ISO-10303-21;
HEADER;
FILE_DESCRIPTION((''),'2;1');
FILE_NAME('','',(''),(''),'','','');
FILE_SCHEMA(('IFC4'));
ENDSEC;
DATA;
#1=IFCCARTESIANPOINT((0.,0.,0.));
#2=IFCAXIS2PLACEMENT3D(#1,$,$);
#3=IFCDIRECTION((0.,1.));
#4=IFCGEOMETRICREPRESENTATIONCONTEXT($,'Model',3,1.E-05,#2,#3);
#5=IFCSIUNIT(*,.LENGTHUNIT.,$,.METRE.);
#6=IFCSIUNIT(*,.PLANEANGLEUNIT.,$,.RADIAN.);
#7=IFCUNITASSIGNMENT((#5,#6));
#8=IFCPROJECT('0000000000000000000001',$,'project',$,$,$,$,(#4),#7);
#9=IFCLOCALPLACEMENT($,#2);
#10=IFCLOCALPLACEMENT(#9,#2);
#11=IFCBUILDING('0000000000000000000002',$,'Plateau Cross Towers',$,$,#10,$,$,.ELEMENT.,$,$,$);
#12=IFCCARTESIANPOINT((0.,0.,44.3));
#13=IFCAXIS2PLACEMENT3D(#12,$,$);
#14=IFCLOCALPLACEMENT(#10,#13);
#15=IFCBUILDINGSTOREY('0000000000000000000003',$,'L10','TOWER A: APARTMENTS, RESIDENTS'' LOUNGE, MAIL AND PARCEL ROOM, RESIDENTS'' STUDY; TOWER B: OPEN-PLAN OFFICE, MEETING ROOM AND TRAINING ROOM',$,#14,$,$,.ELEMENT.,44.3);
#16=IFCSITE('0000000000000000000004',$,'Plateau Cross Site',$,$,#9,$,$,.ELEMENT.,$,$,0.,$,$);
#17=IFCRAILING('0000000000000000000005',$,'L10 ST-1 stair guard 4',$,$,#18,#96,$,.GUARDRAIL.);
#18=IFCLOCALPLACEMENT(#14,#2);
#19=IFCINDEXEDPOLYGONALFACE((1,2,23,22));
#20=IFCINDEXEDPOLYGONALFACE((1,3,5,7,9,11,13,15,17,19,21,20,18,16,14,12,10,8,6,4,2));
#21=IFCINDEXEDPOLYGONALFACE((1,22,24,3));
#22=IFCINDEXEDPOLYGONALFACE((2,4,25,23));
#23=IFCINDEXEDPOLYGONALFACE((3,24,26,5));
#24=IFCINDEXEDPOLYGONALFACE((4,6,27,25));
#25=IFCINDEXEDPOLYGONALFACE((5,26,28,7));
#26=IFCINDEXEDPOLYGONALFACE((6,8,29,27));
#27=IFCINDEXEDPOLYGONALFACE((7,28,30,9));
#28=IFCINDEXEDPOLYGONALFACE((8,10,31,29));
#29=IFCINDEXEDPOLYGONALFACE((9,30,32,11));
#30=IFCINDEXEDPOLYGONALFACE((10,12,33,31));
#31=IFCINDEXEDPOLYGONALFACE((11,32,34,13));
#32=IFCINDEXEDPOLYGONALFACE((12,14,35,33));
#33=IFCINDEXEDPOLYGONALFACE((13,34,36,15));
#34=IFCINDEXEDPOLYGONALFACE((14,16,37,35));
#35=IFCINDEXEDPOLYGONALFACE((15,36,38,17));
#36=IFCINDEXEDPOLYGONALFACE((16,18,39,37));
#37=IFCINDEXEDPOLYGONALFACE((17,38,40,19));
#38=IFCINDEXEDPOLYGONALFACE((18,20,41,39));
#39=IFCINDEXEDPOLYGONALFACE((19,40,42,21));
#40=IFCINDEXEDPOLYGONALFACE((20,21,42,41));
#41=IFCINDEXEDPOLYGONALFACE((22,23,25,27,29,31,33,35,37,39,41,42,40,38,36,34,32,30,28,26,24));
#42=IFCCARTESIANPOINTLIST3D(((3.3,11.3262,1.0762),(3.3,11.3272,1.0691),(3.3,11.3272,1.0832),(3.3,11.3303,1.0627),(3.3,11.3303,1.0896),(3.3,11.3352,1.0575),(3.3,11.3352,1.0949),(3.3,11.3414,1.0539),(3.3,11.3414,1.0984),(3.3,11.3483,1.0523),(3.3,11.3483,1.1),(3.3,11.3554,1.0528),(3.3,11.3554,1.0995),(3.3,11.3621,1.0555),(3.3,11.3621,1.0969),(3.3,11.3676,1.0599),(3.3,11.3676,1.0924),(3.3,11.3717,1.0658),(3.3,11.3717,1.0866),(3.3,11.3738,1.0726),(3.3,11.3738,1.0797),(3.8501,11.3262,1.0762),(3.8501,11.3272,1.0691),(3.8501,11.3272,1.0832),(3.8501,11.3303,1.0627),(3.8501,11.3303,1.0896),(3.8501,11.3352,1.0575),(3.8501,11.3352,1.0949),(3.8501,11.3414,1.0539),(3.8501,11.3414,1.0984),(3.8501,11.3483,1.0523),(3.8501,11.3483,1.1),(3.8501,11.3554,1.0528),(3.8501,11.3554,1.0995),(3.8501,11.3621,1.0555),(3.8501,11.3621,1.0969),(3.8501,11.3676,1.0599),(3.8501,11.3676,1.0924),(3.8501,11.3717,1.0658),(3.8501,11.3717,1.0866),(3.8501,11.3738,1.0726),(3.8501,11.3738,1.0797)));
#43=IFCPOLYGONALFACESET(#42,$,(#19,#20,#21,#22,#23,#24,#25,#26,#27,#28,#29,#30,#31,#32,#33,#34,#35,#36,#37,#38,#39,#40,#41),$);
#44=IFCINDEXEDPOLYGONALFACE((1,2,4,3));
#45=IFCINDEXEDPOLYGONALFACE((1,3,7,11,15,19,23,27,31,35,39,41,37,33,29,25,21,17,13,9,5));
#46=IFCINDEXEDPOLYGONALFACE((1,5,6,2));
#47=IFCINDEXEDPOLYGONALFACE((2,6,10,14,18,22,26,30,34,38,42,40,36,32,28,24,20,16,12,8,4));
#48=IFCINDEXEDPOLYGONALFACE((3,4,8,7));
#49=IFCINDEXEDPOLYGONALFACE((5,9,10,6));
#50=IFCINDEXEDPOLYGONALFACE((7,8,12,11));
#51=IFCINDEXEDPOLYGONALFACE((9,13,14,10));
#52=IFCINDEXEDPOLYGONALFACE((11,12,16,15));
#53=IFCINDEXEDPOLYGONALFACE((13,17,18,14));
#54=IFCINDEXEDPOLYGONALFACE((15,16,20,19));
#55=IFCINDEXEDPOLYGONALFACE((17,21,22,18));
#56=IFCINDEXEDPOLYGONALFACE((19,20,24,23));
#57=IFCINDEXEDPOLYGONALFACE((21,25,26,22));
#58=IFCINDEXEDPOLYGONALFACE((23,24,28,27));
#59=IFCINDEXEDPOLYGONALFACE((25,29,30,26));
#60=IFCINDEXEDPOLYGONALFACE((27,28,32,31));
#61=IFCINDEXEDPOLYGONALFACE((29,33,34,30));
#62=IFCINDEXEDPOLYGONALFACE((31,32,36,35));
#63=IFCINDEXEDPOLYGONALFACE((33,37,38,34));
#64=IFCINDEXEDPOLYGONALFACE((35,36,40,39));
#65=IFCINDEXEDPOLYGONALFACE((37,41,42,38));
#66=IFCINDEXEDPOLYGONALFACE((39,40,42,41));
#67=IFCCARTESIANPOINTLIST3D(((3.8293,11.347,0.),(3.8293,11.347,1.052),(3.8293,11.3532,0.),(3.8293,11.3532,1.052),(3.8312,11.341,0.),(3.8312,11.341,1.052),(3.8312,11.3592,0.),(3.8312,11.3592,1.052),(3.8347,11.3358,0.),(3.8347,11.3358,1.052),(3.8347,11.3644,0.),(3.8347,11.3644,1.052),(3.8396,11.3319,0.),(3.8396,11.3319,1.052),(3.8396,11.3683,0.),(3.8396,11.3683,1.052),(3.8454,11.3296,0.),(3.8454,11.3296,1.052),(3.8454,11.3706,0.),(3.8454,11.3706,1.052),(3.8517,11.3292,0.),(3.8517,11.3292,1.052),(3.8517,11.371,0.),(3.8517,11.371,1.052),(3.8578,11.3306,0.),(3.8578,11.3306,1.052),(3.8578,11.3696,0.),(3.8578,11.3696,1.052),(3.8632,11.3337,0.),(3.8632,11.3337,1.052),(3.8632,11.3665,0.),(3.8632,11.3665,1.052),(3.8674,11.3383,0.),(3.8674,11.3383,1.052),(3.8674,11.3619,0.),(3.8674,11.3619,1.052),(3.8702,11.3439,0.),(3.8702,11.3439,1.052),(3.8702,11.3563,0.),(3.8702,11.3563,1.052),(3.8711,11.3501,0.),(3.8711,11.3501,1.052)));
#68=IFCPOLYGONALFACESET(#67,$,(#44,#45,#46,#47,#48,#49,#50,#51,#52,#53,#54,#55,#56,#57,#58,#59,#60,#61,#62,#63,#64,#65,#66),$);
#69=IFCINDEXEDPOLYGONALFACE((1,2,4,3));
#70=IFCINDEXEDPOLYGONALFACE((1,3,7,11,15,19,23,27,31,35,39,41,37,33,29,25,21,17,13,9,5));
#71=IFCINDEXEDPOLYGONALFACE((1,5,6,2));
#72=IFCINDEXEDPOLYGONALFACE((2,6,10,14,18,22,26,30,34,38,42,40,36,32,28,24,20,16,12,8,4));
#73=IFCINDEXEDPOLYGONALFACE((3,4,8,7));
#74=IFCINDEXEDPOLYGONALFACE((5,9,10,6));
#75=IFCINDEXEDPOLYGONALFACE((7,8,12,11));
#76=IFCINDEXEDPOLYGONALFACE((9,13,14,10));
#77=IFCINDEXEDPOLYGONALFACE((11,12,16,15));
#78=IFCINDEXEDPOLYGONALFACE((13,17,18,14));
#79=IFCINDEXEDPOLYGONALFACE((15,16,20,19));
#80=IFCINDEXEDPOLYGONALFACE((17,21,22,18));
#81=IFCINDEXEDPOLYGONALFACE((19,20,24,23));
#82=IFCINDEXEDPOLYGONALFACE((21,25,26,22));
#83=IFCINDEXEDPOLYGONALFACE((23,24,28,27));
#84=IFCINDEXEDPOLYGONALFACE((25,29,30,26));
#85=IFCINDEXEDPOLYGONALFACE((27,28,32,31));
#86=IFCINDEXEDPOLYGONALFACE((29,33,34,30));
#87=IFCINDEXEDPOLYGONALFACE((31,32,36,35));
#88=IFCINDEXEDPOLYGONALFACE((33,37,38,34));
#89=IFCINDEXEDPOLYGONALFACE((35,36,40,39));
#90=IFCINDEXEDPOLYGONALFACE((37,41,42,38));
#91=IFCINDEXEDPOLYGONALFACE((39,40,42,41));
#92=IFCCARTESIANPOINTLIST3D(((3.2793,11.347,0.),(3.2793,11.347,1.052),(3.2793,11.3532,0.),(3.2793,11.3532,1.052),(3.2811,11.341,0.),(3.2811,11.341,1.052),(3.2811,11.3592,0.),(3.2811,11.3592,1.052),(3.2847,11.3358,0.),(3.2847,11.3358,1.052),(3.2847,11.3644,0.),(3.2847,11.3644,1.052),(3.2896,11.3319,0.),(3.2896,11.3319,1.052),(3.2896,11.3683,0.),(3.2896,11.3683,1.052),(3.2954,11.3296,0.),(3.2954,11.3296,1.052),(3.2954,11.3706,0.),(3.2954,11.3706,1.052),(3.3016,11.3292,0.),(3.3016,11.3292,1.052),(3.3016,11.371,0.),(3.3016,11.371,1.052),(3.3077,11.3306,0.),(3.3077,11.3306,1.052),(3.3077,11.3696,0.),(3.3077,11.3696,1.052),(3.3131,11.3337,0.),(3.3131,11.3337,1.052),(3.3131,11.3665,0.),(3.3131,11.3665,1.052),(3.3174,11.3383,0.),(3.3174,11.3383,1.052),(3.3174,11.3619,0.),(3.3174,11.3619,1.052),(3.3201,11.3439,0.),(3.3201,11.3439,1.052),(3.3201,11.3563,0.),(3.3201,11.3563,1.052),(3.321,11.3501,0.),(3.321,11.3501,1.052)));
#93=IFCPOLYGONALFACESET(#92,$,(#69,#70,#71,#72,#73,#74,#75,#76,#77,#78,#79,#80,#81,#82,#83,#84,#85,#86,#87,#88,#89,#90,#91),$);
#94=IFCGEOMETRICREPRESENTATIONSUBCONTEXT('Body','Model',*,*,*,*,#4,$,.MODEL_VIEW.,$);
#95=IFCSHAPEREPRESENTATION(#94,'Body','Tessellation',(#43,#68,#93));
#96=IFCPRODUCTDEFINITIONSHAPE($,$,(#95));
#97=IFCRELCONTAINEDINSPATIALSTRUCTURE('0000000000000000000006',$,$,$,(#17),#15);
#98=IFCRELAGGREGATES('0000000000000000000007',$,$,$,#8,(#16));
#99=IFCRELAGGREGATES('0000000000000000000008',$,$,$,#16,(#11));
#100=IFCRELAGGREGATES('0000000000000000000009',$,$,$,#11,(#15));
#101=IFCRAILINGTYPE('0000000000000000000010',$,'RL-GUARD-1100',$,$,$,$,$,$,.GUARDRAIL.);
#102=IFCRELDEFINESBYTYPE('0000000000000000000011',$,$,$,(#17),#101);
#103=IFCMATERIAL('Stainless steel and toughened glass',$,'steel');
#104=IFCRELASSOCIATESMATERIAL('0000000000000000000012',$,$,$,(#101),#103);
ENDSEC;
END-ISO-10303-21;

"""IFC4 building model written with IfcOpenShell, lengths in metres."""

from ifc_helpers import new_model, si_unit, direction, frame, origin, origin_2d, place, context, subcontext, project, spatial, circle, extrude, material, type_object, element, save


model = new_model("IFC4")

# Units and contexts
model_context = context("Model", 3, precision=1e-05, world=origin(), true_north=direction((0.0, 1.0)))
body_context = subcontext(model_context, "Body", "Model", "MODEL_VIEW")
ifc_project = project(units=[si_unit("LENGTHUNIT", "METRE"), si_unit("PLANEANGLEUNIT", "RADIAN")], contexts=[model_context])

# Site, building, storey
site_placement = place(None, origin())
site = spatial("IfcSite", under=ifc_project, at=site_placement, Name="Plateau Cross Site", CompositionType="ELEMENT", RefElevation=0.0)
building_placement = place(site_placement, origin())
building = spatial("IfcBuilding", under=site, at=building_placement, Name="Plateau Cross Towers", CompositionType="ELEMENT")
storey_placement = place(building_placement, frame((0.0, 0.0, 44.3)))
storey = spatial("IfcBuildingStorey", under=building, at=storey_placement, Name="L10", Description="TOWER A: APARTMENTS, RESIDENTS' LOUNGE, MAIL AND PARCEL ROOM, RESIDENTS' STUDY; TOWER B: OPEN-PLAN OFFICE, MEETING ROOM AND TRAINING ROOM", CompositionType="ELEMENT", Elevation=44.3)

# Railing
ifc_material_1 = material(Name="Stainless steel and toughened glass", Category="steel")
railing_type = type_object("IfcRailingType", Name="RL-GUARD-1100", PredefinedType="GUARDRAIL", material=ifc_material_1)
railing_1_placement = place(storey_placement, frame((3.8501, 11.3501, 0.0)))
element("IfcRailing", 1, at=railing_1_placement, inside=storey, type_object=railing_type, Name="L10 ST-1 stair guard 4", PredefinedType="GUARDRAIL", context=body_context, shape_type="SweptSolid", body=[
    extrude(circle(Radius=0.0239, at=origin_2d()), frame((0.0, 0.0, 1.0762), z_axis=(-1.0, 0.0, 0.0), x_axis=(0.0, -1.0, 0.0)), (0.0, 0.0, 1.0), 0.55),
    extrude(circle(Radius=0.021, at=origin_2d()), origin(), (0.0, 0.0, 1.0), 1.052),
    extrude(circle(Radius=0.021, at=origin_2d()), frame((-0.55, 0.0, 0.0)), (0.0, 0.0, 1.0), 1.052),
])

save(model, "model.ifc")
